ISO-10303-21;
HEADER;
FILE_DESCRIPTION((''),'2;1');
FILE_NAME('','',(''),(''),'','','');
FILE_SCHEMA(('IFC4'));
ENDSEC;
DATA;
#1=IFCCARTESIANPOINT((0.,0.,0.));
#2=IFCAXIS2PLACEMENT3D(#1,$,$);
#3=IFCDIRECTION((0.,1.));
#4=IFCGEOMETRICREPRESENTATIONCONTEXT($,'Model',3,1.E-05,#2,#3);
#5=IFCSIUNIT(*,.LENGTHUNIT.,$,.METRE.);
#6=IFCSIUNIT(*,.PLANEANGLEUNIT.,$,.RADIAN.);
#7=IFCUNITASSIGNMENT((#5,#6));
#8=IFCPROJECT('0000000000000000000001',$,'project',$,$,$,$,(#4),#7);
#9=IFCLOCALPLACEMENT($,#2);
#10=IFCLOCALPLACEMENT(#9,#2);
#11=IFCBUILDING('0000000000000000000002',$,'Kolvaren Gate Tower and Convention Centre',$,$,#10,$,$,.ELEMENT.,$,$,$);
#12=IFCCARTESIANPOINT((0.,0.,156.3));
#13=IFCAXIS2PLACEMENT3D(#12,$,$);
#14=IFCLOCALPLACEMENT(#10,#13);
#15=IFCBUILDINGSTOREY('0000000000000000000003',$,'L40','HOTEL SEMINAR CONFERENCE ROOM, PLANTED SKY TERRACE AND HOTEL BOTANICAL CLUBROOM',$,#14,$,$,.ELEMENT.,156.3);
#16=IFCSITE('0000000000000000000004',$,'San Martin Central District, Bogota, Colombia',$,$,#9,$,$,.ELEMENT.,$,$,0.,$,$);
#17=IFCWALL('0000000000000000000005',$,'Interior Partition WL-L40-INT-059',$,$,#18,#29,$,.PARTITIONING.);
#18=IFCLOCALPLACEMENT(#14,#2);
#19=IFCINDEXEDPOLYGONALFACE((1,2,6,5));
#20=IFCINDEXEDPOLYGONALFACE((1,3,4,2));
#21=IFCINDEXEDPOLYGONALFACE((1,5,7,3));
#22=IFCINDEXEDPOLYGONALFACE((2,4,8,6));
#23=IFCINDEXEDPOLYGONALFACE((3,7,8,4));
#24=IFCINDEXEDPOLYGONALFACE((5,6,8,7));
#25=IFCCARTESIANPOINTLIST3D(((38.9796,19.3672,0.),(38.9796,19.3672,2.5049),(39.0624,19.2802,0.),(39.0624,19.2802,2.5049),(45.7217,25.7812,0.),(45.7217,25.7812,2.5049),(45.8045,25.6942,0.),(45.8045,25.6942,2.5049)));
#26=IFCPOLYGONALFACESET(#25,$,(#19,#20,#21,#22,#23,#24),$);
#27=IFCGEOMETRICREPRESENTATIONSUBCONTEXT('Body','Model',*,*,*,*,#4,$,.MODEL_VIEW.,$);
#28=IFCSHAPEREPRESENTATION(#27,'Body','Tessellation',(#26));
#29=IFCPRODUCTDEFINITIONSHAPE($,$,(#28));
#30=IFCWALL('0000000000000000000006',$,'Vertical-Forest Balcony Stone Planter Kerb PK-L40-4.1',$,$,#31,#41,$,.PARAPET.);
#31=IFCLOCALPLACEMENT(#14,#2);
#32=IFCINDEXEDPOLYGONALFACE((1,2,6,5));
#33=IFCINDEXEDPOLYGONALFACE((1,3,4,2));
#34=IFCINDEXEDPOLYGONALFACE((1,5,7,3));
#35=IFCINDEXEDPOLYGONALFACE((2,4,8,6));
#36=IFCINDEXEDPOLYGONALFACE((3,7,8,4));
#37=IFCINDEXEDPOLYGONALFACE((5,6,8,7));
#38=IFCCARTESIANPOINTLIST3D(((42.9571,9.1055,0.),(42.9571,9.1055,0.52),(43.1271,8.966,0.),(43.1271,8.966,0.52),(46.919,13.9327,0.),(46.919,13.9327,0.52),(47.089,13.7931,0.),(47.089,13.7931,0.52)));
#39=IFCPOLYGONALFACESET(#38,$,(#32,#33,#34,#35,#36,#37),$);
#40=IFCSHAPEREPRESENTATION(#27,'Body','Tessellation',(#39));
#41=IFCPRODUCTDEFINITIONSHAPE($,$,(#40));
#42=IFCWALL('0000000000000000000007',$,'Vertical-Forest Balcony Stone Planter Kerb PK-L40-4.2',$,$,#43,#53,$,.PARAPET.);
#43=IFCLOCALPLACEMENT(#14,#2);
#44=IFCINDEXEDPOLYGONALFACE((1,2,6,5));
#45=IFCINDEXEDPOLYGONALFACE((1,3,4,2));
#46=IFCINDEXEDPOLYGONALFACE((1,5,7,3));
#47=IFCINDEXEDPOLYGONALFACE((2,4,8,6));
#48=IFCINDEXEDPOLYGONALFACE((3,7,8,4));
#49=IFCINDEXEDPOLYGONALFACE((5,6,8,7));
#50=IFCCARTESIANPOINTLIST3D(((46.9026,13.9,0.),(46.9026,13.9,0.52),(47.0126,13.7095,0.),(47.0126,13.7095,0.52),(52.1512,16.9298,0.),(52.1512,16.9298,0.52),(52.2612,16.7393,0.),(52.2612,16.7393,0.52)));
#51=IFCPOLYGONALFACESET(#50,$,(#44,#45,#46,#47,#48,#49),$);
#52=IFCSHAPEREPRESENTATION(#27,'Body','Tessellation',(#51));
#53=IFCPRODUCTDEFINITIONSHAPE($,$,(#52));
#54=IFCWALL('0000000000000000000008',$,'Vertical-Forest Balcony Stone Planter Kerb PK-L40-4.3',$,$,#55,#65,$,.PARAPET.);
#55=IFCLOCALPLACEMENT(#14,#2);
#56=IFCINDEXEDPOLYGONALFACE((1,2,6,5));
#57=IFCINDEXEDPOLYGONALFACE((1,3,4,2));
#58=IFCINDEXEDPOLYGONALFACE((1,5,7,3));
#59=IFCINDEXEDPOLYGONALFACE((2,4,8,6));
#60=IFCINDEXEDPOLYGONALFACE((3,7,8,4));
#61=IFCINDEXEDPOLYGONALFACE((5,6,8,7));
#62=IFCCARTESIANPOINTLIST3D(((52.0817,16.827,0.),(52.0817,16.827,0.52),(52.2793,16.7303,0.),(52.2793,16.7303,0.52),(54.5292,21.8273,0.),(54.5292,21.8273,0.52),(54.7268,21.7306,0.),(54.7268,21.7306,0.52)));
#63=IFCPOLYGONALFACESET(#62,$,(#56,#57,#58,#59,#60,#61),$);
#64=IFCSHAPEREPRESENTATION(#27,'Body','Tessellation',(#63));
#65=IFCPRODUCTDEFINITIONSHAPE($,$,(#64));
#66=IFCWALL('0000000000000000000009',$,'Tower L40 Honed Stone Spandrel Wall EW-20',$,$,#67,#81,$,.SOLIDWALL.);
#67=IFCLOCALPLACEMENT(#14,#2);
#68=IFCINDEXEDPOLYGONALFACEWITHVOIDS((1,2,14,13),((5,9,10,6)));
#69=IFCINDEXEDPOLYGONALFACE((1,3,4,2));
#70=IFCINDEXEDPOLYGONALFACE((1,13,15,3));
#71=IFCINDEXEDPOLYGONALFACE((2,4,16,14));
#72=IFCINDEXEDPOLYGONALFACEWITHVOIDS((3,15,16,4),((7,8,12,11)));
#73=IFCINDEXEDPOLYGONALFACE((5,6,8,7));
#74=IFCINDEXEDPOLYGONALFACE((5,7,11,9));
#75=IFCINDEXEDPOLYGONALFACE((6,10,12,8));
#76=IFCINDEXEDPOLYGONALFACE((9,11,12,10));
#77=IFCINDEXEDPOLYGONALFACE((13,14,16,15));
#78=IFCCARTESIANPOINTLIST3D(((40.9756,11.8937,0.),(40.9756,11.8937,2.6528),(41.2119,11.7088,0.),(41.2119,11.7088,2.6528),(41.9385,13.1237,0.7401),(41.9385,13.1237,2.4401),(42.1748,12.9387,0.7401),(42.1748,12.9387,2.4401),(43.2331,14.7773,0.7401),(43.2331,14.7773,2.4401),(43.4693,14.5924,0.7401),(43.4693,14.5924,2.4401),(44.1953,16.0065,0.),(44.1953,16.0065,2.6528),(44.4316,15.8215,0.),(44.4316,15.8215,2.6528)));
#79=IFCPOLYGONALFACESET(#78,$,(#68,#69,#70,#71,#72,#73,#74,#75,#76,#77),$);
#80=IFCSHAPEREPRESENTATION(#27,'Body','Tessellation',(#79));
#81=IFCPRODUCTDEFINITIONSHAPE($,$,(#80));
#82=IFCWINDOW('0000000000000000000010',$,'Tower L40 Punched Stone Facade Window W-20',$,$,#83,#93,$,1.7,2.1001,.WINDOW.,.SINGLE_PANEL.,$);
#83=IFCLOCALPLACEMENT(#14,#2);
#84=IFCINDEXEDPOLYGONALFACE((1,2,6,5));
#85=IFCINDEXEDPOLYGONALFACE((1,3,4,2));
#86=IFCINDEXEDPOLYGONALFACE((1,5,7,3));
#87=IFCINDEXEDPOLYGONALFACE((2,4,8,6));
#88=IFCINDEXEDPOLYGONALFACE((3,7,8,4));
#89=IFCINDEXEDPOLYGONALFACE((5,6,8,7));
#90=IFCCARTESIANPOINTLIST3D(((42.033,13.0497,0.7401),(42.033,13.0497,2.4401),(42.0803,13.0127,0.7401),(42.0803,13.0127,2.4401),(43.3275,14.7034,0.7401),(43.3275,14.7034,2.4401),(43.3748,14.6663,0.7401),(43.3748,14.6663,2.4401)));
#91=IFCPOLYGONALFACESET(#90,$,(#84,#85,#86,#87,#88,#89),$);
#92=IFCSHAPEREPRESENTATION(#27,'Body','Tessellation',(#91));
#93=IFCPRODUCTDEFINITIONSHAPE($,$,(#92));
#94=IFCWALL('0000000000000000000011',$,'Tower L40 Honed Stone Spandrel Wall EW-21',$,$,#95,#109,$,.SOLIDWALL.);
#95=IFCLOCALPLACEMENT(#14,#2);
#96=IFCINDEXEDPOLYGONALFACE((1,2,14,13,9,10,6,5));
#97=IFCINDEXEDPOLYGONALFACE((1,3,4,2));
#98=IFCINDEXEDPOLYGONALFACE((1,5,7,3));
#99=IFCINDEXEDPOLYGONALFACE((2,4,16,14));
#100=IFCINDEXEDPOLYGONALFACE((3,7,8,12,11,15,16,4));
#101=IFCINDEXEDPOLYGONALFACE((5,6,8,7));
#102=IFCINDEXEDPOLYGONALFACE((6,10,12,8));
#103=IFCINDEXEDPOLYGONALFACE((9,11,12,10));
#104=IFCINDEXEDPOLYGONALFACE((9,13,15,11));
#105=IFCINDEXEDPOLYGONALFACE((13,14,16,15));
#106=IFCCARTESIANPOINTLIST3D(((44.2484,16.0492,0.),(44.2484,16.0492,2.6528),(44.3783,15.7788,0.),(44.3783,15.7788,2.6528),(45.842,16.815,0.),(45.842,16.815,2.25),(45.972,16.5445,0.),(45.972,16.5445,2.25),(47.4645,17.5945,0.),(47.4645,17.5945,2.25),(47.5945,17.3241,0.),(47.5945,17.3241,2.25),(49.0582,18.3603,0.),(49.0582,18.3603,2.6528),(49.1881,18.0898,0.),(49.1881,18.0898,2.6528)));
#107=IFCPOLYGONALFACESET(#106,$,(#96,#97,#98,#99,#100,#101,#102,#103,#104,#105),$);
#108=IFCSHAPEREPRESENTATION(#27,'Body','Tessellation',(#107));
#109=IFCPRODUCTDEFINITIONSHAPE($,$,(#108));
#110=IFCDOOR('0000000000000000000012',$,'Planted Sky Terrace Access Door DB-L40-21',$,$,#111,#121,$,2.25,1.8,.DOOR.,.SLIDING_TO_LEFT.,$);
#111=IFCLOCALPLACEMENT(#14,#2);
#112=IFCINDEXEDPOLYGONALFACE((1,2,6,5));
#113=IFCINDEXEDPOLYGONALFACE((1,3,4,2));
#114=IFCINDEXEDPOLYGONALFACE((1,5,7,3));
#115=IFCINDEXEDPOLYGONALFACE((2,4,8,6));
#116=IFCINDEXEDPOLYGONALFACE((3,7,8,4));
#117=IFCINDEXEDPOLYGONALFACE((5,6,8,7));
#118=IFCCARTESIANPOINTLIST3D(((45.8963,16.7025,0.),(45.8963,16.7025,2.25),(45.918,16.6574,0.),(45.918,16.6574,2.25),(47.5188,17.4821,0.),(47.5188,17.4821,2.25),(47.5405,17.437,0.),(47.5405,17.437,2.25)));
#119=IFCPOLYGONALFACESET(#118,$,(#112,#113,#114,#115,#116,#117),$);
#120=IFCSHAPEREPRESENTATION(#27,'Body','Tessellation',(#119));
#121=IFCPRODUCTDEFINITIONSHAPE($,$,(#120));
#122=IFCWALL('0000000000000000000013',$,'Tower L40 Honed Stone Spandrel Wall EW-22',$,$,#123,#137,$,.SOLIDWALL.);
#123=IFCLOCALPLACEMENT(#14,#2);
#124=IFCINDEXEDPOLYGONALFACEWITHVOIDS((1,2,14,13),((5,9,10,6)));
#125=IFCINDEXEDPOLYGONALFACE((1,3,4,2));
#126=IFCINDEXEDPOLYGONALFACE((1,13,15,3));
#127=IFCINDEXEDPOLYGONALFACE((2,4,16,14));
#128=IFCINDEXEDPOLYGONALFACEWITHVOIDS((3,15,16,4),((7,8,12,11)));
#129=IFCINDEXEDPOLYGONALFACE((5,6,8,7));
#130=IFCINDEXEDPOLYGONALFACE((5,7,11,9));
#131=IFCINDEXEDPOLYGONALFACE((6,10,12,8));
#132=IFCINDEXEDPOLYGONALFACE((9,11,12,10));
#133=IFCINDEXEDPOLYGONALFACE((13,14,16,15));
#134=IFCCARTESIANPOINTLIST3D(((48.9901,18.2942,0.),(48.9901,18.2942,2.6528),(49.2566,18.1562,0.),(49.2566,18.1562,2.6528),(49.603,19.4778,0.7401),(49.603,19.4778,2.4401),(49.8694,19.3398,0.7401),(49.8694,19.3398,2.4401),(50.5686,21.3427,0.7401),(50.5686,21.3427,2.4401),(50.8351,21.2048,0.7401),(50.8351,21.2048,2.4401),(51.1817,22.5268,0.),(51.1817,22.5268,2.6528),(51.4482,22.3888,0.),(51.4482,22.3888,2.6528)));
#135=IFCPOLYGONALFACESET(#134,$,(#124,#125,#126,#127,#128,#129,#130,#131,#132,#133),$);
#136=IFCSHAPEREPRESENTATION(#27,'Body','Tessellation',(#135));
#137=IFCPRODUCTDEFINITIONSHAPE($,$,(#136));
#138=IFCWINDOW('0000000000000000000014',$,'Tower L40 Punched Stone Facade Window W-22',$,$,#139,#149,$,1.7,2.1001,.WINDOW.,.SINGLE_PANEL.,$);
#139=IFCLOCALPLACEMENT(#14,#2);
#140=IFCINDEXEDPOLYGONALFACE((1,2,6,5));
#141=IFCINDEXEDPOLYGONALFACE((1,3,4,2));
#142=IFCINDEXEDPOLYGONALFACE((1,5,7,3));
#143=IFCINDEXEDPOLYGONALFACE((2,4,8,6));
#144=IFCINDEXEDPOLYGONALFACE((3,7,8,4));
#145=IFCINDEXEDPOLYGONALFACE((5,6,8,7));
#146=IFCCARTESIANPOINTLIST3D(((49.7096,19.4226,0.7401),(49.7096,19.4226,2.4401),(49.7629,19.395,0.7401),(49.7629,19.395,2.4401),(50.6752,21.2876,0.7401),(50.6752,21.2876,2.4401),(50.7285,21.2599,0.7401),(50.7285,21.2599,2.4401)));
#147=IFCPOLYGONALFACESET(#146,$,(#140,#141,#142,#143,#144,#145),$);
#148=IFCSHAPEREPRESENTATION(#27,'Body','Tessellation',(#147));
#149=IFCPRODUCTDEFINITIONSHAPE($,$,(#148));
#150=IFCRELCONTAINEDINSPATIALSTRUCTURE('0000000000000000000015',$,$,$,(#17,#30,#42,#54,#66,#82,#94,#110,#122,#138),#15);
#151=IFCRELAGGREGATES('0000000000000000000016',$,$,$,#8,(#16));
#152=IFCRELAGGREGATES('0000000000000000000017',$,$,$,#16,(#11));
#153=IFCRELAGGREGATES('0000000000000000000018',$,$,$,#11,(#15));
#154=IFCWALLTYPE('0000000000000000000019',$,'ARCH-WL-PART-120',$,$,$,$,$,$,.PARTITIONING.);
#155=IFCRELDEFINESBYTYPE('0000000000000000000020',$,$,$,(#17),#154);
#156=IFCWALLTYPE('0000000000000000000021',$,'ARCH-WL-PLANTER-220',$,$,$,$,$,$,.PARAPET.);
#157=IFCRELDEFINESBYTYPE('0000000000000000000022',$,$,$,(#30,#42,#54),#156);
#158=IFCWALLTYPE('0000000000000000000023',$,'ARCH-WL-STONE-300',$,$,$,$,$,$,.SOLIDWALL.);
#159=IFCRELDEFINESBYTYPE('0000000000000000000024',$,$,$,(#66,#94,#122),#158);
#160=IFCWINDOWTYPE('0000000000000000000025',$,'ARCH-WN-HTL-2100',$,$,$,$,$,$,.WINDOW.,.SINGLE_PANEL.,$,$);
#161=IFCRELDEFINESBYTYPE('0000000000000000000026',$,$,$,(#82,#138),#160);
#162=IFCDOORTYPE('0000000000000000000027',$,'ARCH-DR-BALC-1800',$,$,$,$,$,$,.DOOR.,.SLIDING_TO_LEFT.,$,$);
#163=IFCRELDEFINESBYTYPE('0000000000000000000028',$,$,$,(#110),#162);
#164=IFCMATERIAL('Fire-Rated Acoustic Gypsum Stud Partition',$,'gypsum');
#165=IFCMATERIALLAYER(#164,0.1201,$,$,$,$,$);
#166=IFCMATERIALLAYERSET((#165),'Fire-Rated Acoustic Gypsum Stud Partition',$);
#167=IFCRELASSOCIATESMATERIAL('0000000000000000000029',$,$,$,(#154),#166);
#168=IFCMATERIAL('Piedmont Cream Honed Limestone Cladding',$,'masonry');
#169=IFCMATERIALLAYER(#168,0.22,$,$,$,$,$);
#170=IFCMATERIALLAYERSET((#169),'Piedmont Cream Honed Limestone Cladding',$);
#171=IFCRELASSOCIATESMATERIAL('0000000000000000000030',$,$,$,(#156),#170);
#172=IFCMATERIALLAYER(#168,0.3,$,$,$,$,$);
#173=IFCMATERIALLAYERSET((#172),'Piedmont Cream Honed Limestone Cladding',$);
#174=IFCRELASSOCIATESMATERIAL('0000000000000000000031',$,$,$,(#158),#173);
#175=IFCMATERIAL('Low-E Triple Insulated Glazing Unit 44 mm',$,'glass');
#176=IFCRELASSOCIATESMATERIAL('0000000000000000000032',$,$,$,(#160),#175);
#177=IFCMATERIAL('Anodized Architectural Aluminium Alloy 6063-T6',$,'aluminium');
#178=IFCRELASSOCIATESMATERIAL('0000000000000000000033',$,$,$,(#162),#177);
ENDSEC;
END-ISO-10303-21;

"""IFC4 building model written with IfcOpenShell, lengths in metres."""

from ifc_helpers import new_model, si_unit, direction, frame, frame_2d, origin, place, context, subcontext, project, spatial, rectangle, extrude, material, layer, layer_set, type_object, element, fill, save


model = new_model("IFC4")

# Units and contexts
model_context = context("Model", 3, precision=1e-05, world=origin(), true_north=direction((0.0, 1.0)))
body_context = subcontext(model_context, "Body", "Model", "MODEL_VIEW")
ifc_project = project(units=[si_unit("LENGTHUNIT", "METRE"), si_unit("PLANEANGLEUNIT", "RADIAN")], contexts=[model_context])

# Site, building, storey
site_placement = place(None, origin())
site = spatial("IfcSite", under=ifc_project, at=site_placement, Name="San Martin Central District, Bogota, Colombia", CompositionType="ELEMENT", RefElevation=0.0)
building_placement = place(site_placement, origin())
building = spatial("IfcBuilding", under=site, at=building_placement, Name="Kolvaren Gate Tower and Convention Centre", CompositionType="ELEMENT")
storey_placement = place(building_placement, frame((0.0, 0.0, 156.3)))
storey = spatial("IfcBuildingStorey", under=building, at=storey_placement, Name="L40", Description="HOTEL SEMINAR CONFERENCE ROOM, PLANTED SKY TERRACE AND HOTEL BOTANICAL CLUBROOM", CompositionType="ELEMENT", Elevation=156.3)

# Walls
ifc_material_1 = material(Name="Fire-Rated Acoustic Gypsum Stud Partition", Category="gypsum")
ifc_layer_1 = layer(ifc_material_1, 0.1201)
ifc_layer_set_1 = layer_set([ifc_layer_1], Name="Fire-Rated Acoustic Gypsum Stud Partition")
wall_type_1 = type_object("IfcWallType", Name="ARCH-WL-PART-120", PredefinedType="PARTITIONING", material=ifc_layer_set_1)
wall_1_placement = place(storey_placement, frame((39.021, 19.3237, 0.0), z_axis=(0.0, 0.0, 1.0), x_axis=(0.724517, 0.689257, 0.0)))
element("IfcWall", 1, at=wall_1_placement, inside=storey, type_object=wall_type_1, Name="Interior Partition WL-L40-INT-059", PredefinedType="PARTITIONING", context=body_context, shape_type="SweptSolid", body=[
    extrude(rectangle(XDim=9.3057, YDim=0.1201, at=frame_2d((4.6528, 0.0))), origin(), (0.0, 0.0, 1.0), 2.5049),
])
ifc_material_2 = material(Name="Piedmont Cream Honed Limestone Cladding", Category="masonry")
ifc_layer_2 = layer(ifc_material_2, 0.22)
ifc_layer_set_2 = layer_set([ifc_layer_2], Name="Piedmont Cream Honed Limestone Cladding")
wall_type_2 = type_object("IfcWallType", Name="ARCH-WL-PLANTER-220", PredefinedType="PARAPET", material=ifc_layer_set_2)
wall_2_placement = place(storey_placement, frame((43.042, 9.0356, 0.0), z_axis=(0.0, 0.0, 1.0), x_axis=(0.634429, 0.772981, 0.0)))
element("IfcWall", 2, at=wall_2_placement, inside=storey, type_object=wall_type_2, Name="Vertical-Forest Balcony Stone Planter Kerb PK-L40-4.1", PredefinedType="PARAPET", context=body_context, shape_type="SweptSolid", body=[
    extrude(rectangle(XDim=6.2449, YDim=0.22, at=frame_2d((3.1226, 0.0))), origin(), (0.0, 0.0, 1.0), 0.52),
])
wall_3_placement = place(storey_placement, frame((46.9575, 13.8047, 0.0), z_axis=(0.0, 0.0, 1.0), x_axis=(0.866058, 0.499943, 0.0)))
element("IfcWall", 3, at=wall_3_placement, inside=storey, type_object=wall_type_2, Name="Vertical-Forest Balcony Stone Planter Kerb PK-L40-4.2", PredefinedType="PARAPET", context=body_context, shape_type="SweptSolid", body=[
    extrude(rectangle(XDim=6.0603, YDim=0.22, at=frame_2d((3.0303, 0.0))), origin(), (0.0, 0.0, 1.0), 0.52),
])
wall_4_placement = place(storey_placement, frame((52.1804, 16.7786, 0.0), z_axis=(0.0, 0.0, 1.0), x_axis=(0.439637, 0.898175, 0.0)))
element("IfcWall", 4, at=wall_4_placement, inside=storey, type_object=wall_type_2, Name="Vertical-Forest Balcony Stone Planter Kerb PK-L40-4.3", PredefinedType="PARAPET", context=body_context, shape_type="SweptSolid", body=[
    extrude(rectangle(XDim=5.5671, YDim=0.22, at=frame_2d((2.7837, 0.0))), origin(), (0.0, 0.0, 1.0), 0.52),
])

# Wall, opening, window
ifc_layer_3 = layer(ifc_material_2, 0.3)
ifc_layer_set_3 = layer_set([ifc_layer_3], Name="Piedmont Cream Honed Limestone Cladding")
wall_type_3 = type_object("IfcWallType", Name="ARCH-WL-STONE-300", PredefinedType="SOLIDWALL", material=ifc_layer_set_3)
wall_5_placement = place(storey_placement, frame((41.0938, 11.8013, 0.0), z_axis=(0.0, 0.0, 1.0), x_axis=(0.616429, 0.78741, 0.0)))
wall_5 = element("IfcWall", 5, at=wall_5_placement, inside=storey, type_object=wall_type_3, Name="Tower L40 Honed Stone Spandrel Wall EW-20", PredefinedType="SOLIDWALL", context=body_context, shape_type="SweptSolid", body=[
    extrude(rectangle(XDim=5.2231, YDim=0.3, at=frame_2d((2.6116, 0.0))), origin(), (0.0, 0.0, 1.0), 2.6528),
])
opening_1_placement = place(wall_5_placement, frame((1.562, 0.0, 0.74)))
opening_1 = element("IfcOpeningElement", 6, at=opening_1_placement, cuts=wall_5, PredefinedType="OPENING", context=body_context, shape_type="SweptSolid", body=[
    extrude(rectangle(XDim=2.1001, YDim=1.7, at=frame_2d((1.05, 0.8501))), frame((0.0, 0.1599, 0.0), z_axis=(0.0, -1.0, 0.0), x_axis=(1.0, 0.0, 0.0)), (0.0, 0.0, 1.0), 0.3201),
])
ifc_material_3 = material(Name="Low-E Triple Insulated Glazing Unit 44 mm", Category="glass")
window_type = type_object("IfcWindowType", Name="ARCH-WN-HTL-2100", PartitioningType="SINGLE_PANEL", PredefinedType="WINDOW", material=ifc_material_3)
window_1_placement = place(opening_1_placement, origin())
window_1 = element("IfcWindow", 7, at=window_1_placement, inside=storey, type_object=window_type, Name="Tower L40 Punched Stone Facade Window W-20", OverallHeight=1.7, OverallWidth=2.1001, PartitioningType="SINGLE_PANEL", PredefinedType="WINDOW", context=body_context, shape_type="SweptSolid", body=[
    extrude(rectangle(XDim=2.1001, YDim=1.7, at=frame_2d((1.05, 0.8501))), frame((0.0, 0.03, 0.0), z_axis=(0.0, -1.0, 0.0), x_axis=(1.0, 0.0, 0.0)), (0.0, 0.0, 1.0), 0.0601),
])
fill(opening_1, window_1)

# Wall, opening, door
wall_6_placement = place(storey_placement, frame((44.3135, 15.9141, 0.0), z_axis=(0.0, 0.0, 1.0), x_axis=(0.901353, 0.433085, 0.0)))
wall_6 = element("IfcWall", 8, at=wall_6_placement, inside=storey, type_object=wall_type_3, Name="Tower L40 Honed Stone Spandrel Wall EW-21", PredefinedType="SOLIDWALL", context=body_context, shape_type="SweptSolid", body=[
    extrude(rectangle(XDim=5.3362, YDim=0.3, at=frame_2d((2.668, 0.0))), origin(), (0.0, 0.0, 1.0), 2.6528),
])
opening_2_placement = place(wall_6_placement, frame((1.7681, 0.0, 0.0)))
opening_2 = element("IfcOpeningElement", 9, at=opening_2_placement, cuts=wall_6, PredefinedType="OPENING", context=body_context, shape_type="SweptSolid", body=[
    extrude(rectangle(XDim=1.8, YDim=2.25, at=frame_2d((0.8999, 1.125))), frame((0.0, 0.1599, 0.0), z_axis=(0.0, -1.0, 0.0), x_axis=(1.0, 0.0, 0.0)), (0.0, 0.0, 1.0), 0.3201),
])
ifc_material_4 = material(Name="Anodized Architectural Aluminium Alloy 6063-T6", Category="aluminium")
door_type = type_object("IfcDoorType", Name="ARCH-DR-BALC-1800", OperationType="SLIDING_TO_LEFT", PredefinedType="DOOR", material=ifc_material_4)
door_placement = place(opening_2_placement, frame((1.8, 0.0, 0.0), z_axis=(0.0, 0.0, 1.0), x_axis=(-1.0, 0.0, 0.0)))
door = element("IfcDoor", 10, at=door_placement, inside=storey, type_object=door_type, Name="Planted Sky Terrace Access Door DB-L40-21", OperationType="SLIDING_TO_LEFT", OverallHeight=2.25, OverallWidth=1.8, PredefinedType="DOOR", context=body_context, shape_type="SweptSolid", body=[
    extrude(rectangle(XDim=1.8, YDim=2.25, at=frame_2d((0.8999, 1.125))), frame((0.0, 0.0249, 0.0), z_axis=(0.0, -1.0, 0.0), x_axis=(1.0, 0.0, 0.0)), (0.0, 0.0, 1.0), 0.05),
])
fill(opening_2, door)

# Wall, opening, window
wall_7_placement = place(storey_placement, frame((49.1233, 18.2251, 0.0), z_axis=(0.0, 0.0, 1.0), x_axis=(0.45981, 0.888017, 0.0)))
wall_7 = element("IfcWall", 11, at=wall_7_placement, inside=storey, type_object=wall_type_3, Name="Tower L40 Honed Stone Spandrel Wall EW-22", PredefinedType="SOLIDWALL", context=body_context, shape_type="SweptSolid", body=[
    extrude(rectangle(XDim=4.7664, YDim=0.3, at=frame_2d((2.3833, 0.0))), origin(), (0.0, 0.0, 1.0), 2.6528),
])
opening_3_placement = place(wall_7_placement, frame((1.333, 0.0, 0.74)))
opening_3 = element("IfcOpeningElement", 12, at=opening_3_placement, cuts=wall_7, PredefinedType="OPENING", context=body_context, shape_type="SweptSolid", body=[
    extrude(rectangle(XDim=2.1001, YDim=1.7, at=frame_2d((1.05, 0.8501))), frame((0.0, 0.1599, 0.0), z_axis=(0.0, -1.0, 0.0), x_axis=(1.0, 0.0, 0.0)), (0.0, 0.0, 1.0), 0.3201),
])
window_2_placement = place(opening_3_placement, origin())
window_2 = element("IfcWindow", 13, at=window_2_placement, inside=storey, type_object=window_type, Name="Tower L40 Punched Stone Facade Window W-22", OverallHeight=1.7, OverallWidth=2.1001, PartitioningType="SINGLE_PANEL", PredefinedType="WINDOW", context=body_context, shape_type="SweptSolid", body=[
    extrude(rectangle(XDim=2.1001, YDim=1.7, at=frame_2d((1.05, 0.8501))), frame((0.0, 0.03, 0.0), z_axis=(0.0, -1.0, 0.0), x_axis=(1.0, 0.0, 0.0)), (0.0, 0.0, 1.0), 0.0601),
])
fill(opening_3, window_2)

save(model, "model.ifc")
